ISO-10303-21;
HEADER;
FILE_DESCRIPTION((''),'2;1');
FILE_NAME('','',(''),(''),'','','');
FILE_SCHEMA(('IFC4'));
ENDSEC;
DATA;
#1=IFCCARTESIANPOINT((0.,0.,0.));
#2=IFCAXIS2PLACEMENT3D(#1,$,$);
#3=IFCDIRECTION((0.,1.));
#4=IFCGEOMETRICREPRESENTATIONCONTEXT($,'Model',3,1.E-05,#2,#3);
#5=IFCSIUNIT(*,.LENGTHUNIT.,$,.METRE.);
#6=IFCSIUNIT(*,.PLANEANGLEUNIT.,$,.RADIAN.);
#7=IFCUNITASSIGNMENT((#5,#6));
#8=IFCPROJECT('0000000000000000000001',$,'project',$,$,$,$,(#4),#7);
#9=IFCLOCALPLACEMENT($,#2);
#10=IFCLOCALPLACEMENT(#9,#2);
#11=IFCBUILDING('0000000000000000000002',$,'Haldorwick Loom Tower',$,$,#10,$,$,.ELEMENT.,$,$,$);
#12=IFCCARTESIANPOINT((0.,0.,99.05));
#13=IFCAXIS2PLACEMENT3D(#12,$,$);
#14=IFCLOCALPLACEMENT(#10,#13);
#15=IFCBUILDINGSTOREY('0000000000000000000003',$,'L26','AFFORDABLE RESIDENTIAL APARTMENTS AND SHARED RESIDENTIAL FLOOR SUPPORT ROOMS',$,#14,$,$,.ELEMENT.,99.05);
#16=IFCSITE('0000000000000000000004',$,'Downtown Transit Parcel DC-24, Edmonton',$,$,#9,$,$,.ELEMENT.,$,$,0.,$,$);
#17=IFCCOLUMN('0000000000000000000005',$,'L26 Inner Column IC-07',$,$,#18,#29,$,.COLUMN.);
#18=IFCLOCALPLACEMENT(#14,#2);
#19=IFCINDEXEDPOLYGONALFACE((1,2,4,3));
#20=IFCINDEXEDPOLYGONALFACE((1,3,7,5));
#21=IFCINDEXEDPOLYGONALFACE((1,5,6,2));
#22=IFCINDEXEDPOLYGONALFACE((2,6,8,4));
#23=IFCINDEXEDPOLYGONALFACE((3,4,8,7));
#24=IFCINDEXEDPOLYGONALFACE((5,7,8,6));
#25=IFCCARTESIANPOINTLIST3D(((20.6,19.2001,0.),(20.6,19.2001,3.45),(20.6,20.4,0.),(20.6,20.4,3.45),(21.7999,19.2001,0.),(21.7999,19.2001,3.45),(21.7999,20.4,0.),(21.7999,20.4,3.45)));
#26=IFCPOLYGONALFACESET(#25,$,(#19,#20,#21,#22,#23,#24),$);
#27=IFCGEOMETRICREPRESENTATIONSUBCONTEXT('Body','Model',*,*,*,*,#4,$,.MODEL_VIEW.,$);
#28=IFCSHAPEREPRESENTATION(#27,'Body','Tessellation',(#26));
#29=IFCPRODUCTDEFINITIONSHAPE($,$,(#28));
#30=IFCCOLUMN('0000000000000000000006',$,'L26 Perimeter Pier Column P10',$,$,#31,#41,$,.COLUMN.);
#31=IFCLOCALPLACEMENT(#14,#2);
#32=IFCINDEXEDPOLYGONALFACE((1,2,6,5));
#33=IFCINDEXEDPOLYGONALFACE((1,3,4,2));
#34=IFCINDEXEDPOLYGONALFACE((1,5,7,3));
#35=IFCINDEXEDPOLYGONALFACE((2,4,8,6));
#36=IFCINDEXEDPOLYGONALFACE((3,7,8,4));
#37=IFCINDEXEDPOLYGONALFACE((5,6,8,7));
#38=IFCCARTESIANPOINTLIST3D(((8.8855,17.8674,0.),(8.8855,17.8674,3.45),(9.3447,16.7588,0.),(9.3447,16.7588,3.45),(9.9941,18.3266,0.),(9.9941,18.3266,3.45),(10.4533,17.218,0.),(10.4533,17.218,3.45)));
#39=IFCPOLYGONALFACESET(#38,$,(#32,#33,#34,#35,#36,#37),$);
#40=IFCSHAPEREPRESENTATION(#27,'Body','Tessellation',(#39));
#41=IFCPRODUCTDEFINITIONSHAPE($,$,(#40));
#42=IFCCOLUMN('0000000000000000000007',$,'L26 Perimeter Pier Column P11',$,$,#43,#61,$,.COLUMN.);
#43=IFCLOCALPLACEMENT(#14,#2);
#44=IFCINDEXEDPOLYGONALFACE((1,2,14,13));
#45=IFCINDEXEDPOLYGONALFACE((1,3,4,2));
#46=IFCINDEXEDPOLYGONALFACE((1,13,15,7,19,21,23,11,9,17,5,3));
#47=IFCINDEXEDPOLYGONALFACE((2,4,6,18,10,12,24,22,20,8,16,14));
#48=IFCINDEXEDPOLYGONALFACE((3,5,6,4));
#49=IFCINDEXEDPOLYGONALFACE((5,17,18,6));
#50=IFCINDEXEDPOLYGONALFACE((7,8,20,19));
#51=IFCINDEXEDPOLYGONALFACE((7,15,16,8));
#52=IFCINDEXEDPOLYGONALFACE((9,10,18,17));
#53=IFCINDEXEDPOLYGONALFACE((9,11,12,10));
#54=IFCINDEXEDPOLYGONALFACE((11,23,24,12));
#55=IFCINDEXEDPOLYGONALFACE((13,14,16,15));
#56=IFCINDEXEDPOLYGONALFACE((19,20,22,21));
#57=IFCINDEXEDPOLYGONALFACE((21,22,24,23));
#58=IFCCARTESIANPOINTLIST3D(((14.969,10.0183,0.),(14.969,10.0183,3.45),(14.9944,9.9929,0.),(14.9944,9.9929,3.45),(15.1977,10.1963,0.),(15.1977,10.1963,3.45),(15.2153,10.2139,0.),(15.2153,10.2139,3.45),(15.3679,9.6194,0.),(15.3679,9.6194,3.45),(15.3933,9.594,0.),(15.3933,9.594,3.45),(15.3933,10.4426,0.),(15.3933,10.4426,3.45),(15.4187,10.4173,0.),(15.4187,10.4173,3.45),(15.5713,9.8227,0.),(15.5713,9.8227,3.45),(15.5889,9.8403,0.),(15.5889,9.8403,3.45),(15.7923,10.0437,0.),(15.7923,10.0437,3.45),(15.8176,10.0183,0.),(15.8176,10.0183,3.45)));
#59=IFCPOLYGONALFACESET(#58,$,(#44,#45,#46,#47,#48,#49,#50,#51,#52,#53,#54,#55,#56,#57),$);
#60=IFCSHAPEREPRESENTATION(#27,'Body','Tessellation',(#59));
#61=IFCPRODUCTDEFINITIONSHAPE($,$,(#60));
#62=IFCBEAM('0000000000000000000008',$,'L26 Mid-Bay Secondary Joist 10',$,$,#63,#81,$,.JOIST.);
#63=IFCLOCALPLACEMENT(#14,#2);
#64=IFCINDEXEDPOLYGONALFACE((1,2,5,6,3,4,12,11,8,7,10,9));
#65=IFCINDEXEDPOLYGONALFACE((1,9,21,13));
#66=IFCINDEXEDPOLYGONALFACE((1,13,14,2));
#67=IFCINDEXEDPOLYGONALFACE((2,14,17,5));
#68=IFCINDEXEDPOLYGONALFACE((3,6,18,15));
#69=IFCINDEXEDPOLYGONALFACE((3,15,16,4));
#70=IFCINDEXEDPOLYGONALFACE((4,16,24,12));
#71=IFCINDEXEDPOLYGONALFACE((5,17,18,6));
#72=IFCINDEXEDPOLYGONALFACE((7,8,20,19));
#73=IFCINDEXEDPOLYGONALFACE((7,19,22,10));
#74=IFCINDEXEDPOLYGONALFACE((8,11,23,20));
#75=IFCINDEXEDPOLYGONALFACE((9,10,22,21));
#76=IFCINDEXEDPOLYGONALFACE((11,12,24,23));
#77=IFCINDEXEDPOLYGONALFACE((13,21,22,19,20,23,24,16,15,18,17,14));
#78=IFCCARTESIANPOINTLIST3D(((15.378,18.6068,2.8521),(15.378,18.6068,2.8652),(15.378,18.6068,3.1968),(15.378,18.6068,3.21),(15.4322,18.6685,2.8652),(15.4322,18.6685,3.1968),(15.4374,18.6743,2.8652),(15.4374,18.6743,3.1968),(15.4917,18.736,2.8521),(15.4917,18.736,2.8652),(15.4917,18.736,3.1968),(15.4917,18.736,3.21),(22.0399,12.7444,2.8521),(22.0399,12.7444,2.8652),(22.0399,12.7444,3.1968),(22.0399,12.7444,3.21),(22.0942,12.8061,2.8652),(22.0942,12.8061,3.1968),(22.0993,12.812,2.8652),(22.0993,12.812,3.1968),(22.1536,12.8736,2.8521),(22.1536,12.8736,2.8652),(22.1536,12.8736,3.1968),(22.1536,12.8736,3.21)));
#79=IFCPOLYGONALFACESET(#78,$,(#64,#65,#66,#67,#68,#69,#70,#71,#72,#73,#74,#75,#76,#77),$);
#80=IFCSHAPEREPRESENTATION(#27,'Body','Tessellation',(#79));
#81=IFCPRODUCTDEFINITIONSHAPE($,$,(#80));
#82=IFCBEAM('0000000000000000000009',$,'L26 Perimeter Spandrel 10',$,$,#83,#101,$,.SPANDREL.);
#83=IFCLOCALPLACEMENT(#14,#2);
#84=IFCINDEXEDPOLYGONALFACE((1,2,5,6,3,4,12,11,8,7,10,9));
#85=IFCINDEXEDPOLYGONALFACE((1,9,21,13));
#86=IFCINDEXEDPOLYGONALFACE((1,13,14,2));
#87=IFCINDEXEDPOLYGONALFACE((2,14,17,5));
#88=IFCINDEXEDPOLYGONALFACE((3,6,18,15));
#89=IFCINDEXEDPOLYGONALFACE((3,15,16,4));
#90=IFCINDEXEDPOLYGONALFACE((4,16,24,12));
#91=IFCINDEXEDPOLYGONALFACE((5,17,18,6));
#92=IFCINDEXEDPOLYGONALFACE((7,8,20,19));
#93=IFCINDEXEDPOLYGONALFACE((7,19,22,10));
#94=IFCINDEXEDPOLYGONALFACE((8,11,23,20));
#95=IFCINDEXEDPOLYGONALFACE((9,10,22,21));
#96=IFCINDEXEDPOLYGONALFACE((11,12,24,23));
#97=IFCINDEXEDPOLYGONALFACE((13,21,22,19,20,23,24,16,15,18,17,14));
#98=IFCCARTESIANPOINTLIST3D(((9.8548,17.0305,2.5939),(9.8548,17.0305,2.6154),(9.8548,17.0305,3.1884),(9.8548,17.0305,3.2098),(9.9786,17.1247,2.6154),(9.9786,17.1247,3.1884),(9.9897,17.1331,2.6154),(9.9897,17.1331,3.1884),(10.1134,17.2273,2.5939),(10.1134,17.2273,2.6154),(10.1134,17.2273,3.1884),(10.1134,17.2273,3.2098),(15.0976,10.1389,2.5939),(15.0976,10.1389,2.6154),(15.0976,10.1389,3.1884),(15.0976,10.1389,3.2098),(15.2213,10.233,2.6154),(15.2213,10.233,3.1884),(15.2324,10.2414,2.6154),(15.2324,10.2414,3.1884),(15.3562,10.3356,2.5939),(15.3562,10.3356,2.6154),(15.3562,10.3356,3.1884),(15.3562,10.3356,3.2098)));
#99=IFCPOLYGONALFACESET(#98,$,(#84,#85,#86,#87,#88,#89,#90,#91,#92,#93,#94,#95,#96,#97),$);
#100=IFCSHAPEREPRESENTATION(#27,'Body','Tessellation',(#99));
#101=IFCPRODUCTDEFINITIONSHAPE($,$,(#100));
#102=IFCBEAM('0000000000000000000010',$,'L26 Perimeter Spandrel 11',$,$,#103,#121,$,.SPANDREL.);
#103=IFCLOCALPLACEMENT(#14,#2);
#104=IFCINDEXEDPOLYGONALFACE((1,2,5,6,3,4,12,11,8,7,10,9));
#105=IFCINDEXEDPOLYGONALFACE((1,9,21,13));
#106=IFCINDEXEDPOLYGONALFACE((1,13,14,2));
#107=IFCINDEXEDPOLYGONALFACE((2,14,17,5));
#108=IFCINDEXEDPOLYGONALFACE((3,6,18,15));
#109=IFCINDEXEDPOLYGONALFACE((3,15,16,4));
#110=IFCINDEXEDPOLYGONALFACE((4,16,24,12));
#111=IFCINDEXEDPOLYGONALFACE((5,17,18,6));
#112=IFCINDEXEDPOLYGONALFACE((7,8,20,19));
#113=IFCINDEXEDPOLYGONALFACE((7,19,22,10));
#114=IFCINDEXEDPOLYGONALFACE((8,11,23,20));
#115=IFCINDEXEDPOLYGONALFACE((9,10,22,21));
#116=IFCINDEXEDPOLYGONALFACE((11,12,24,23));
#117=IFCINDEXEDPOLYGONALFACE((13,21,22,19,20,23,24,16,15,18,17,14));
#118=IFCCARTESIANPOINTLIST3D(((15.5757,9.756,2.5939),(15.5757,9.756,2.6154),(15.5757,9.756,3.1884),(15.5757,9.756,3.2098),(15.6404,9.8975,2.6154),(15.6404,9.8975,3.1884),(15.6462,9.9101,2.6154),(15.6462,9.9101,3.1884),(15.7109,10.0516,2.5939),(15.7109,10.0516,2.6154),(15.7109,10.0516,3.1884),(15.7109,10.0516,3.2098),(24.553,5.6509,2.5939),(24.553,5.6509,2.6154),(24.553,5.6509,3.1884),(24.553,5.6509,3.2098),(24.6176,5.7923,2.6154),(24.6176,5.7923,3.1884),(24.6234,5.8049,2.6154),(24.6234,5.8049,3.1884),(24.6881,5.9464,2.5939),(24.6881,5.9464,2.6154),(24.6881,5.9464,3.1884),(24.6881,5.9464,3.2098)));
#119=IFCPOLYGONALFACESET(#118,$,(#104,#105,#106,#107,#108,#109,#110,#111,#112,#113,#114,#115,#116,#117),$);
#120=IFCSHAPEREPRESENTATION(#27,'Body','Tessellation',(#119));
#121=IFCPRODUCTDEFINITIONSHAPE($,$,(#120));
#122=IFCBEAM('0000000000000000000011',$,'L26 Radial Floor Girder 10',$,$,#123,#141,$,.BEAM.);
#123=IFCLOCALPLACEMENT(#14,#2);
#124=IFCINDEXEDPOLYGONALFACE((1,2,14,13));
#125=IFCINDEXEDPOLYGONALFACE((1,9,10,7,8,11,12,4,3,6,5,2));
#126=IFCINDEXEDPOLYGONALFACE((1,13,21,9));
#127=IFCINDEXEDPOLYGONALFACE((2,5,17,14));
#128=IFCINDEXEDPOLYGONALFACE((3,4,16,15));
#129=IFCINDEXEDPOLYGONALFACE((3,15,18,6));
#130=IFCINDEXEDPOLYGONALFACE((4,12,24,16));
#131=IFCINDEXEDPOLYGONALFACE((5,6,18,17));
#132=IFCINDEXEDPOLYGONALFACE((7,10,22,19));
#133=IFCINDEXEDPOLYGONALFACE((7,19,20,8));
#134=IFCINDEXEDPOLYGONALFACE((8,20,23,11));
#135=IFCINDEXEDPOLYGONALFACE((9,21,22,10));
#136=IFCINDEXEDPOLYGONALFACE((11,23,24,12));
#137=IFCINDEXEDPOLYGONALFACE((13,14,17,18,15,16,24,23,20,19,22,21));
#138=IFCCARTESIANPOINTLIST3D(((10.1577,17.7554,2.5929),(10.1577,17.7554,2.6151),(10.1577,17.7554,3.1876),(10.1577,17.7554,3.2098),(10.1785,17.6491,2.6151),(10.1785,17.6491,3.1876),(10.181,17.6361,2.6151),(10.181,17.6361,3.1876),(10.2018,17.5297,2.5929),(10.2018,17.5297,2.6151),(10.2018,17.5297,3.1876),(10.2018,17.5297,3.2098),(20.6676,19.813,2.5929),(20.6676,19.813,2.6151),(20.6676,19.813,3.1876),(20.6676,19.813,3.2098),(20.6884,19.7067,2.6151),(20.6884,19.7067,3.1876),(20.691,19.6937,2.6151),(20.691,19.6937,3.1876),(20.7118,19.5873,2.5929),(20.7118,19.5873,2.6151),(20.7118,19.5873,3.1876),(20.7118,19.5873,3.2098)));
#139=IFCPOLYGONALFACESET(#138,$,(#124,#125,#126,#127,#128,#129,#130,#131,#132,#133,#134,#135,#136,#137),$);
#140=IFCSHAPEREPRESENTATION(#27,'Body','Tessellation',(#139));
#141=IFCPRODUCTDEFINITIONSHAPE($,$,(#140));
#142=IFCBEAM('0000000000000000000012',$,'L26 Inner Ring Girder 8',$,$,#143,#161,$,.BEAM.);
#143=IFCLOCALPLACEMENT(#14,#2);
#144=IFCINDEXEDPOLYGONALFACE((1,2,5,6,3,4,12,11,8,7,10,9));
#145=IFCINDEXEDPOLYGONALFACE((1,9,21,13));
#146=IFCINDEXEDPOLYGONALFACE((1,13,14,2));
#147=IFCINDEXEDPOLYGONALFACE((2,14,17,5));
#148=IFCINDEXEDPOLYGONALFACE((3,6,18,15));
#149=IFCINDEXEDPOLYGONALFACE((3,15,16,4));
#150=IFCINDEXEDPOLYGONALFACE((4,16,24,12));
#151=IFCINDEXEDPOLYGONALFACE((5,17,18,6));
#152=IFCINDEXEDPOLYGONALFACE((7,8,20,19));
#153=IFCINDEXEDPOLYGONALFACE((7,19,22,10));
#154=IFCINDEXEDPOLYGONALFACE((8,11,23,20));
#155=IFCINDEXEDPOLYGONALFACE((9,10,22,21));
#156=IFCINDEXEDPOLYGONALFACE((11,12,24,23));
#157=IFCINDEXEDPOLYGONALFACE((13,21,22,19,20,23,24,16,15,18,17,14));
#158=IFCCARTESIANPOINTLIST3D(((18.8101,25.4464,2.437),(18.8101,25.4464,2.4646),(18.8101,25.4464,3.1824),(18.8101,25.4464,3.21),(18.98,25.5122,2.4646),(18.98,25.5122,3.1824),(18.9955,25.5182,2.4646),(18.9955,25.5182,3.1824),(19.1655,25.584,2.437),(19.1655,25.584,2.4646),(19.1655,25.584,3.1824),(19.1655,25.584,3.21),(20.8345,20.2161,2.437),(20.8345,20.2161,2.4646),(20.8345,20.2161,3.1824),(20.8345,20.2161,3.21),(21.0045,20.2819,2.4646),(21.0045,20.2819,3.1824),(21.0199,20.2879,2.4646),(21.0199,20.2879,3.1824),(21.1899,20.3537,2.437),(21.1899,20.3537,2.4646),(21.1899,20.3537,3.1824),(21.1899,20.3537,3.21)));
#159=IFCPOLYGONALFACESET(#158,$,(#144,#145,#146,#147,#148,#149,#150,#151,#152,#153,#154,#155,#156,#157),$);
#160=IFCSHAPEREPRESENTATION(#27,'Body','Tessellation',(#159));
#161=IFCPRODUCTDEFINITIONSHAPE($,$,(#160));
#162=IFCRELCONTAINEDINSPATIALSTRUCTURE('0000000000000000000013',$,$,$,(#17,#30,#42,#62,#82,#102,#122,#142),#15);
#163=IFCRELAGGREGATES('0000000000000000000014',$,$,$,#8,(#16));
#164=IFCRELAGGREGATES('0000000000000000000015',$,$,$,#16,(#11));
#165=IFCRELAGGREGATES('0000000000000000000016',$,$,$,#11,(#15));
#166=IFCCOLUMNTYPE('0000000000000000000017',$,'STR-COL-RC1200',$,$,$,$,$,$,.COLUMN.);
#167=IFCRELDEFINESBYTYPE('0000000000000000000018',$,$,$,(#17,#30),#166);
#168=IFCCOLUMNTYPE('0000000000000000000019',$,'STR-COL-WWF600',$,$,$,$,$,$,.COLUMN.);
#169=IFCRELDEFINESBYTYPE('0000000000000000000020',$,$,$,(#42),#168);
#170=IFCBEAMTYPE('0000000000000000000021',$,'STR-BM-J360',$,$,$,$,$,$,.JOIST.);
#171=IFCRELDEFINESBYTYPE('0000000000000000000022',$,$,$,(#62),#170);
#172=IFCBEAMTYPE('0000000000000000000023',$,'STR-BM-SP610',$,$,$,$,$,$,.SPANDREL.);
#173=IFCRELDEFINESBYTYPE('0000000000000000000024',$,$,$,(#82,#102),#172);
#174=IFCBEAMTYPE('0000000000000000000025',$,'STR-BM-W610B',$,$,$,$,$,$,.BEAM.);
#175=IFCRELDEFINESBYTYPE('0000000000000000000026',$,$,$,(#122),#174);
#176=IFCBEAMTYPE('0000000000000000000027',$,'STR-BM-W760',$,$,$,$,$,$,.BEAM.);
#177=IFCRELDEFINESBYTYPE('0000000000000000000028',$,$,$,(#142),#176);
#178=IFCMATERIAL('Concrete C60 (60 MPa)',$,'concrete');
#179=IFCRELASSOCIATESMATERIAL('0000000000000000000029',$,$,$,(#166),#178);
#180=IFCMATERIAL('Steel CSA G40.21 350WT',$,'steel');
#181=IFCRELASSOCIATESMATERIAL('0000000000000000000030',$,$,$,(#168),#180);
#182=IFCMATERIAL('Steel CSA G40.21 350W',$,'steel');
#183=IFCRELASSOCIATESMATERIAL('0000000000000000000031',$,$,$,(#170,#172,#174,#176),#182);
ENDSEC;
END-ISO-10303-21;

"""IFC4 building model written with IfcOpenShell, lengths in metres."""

from ifc_helpers import new_model, si_unit, direction, frame, origin, origin_2d, place, context, subcontext, project, spatial, rectangle, i_section, extrude, material, material_profile, profile_set, type_object, element, save


model = new_model("IFC4")

# Units and contexts
model_context = context("Model", 3, precision=1e-05, world=origin(), true_north=direction((0.0, 1.0)))
body_context = subcontext(model_context, "Body", "Model", "MODEL_VIEW")
ifc_project = project(units=[si_unit("LENGTHUNIT", "METRE"), si_unit("PLANEANGLEUNIT", "RADIAN")], contexts=[model_context])

# Site, building, storey
site_placement = place(None, origin())
site = spatial("IfcSite", under=ifc_project, at=site_placement, Name="Downtown Transit Parcel DC-24, Edmonton", CompositionType="ELEMENT", RefElevation=0.0)
building_placement = place(site_placement, origin())
building = spatial("IfcBuilding", under=site, at=building_placement, Name="Haldorwick Loom Tower", CompositionType="ELEMENT")
storey_placement = place(building_placement, frame((0.0, 0.0, 99.05)))
storey = spatial("IfcBuildingStorey", under=building, at=storey_placement, Name="L26", Description="AFFORDABLE RESIDENTIAL APARTMENTS AND SHARED RESIDENTIAL FLOOR SUPPORT ROOMS", CompositionType="ELEMENT", Elevation=99.05)

# Columns
ifc_material_1 = material(Name="Concrete C60 (60 MPa)", Category="concrete")
ifc_material_profile_1 = material_profile(ifc_material_1, rectangle(XDim=1.2, YDim=1.2, at=origin_2d()), Name="RC1200X1200", Category="concrete")
ifc_profile_set_1 = profile_set([ifc_material_profile_1], Name="Concrete C60 (60 MPa)")
column_type_1 = type_object("IfcColumnType", Name="STR-COL-RC1200", PredefinedType="COLUMN", material=ifc_profile_set_1)
for number, where, z_axis, x_axis, name in (
    (1, (21.2, 19.8, 0.0), (0.0, 0.0, 1.0), (1.0, 0.0, 0.0), "L26 Inner Column IC-07"),
    (2, (9.6694, 17.5427, 0.0), (0.0, 0.0, 1.0), (-0.92388, -0.382683, 0.0), "L26 Perimeter Pier Column P10"),
):
    element("IfcColumn", number, at=place(storey_placement, frame(where, z_axis=z_axis, x_axis=x_axis)), inside=storey, type_object=column_type_1, Name=name, PredefinedType="COLUMN", context=body_context, shape_type="SweptSolid", body=[
        extrude(rectangle(XDim=1.2, YDim=1.2, at=origin_2d()), origin(), (0.0, 0.0, 1.0), 3.45),
    ])
ifc_material_2 = material(Name="Steel CSA G40.21 350WT", Category="steel")
ifc_material_profile_2 = material_profile(ifc_material_2, i_section(OverallWidth=0.6001, OverallDepth=0.6001, WebThickness=0.0249, FlangeThickness=0.0359, at=origin_2d()), Name="WWF600X600", Category="steel")
ifc_profile_set_2 = profile_set([ifc_material_profile_2], Name="Steel CSA G40.21 350WT")
column_type_2 = type_object("IfcColumnType", Name="STR-COL-WWF600", PredefinedType="COLUMN", material=ifc_profile_set_2)
column_placement = place(storey_placement, frame((15.3933, 10.0183, 0.0), z_axis=(0.0, 0.0, 1.0), x_axis=(-0.707107, -0.707107, 0.0)))
element("IfcColumn", 3, at=column_placement, inside=storey, type_object=column_type_2, Name="L26 Perimeter Pier Column P11", PredefinedType="COLUMN", context=body_context, shape_type="SweptSolid", body=[
    extrude(i_section(OverallWidth=0.6001, OverallDepth=0.6001, WebThickness=0.0249, FlangeThickness=0.0359, at=origin_2d()), origin(), (0.0, 0.0, 1.0), 3.45),
])

# Beams
ifc_material_3 = material(Name="Steel CSA G40.21 350W", Category="steel")
ifc_material_profile_3 = material_profile(ifc_material_3, i_section(OverallWidth=0.1721, OverallDepth=0.3579, WebThickness=0.0078, FlangeThickness=0.0132, at=origin_2d()), Name="W360X57", Category="steel")
ifc_profile_set_3 = profile_set([ifc_material_profile_3], Name="Steel CSA G40.21 350W")
beam_type_1 = type_object("IfcBeamType", Name="STR-BM-J360", PredefinedType="JOIST", material=ifc_profile_set_3)
beam_1_placement = place(storey_placement, frame((15.4348, 18.6714, 3.031), z_axis=(0.750721, -0.660619, 0.0), x_axis=(0.660619, 0.750721, 0.0)))
element("IfcBeam", 4, at=beam_1_placement, inside=storey, type_object=beam_type_1, Name="L26 Mid-Bay Secondary Joist 10", PredefinedType="JOIST", context=body_context, shape_type="SweptSolid", body=[
    extrude(i_section(OverallWidth=0.1721, OverallDepth=0.3579, WebThickness=0.0078, FlangeThickness=0.0132, at=origin_2d()), origin(), (0.0, 0.0, 1.0), 8.874),
])
ifc_material_profile_4 = material_profile(ifc_material_3, i_section(OverallWidth=0.325, OverallDepth=0.616, WebThickness=0.0139, FlangeThickness=0.0215, at=origin_2d()), Name="W610X174", Category="steel")
ifc_profile_set_4 = profile_set([ifc_material_profile_4], Name="Steel CSA G40.21 350W")
beam_type_2 = type_object("IfcBeamType", Name="STR-BM-SP610", PredefinedType="SPANDREL", material=ifc_profile_set_4)
beam_2_placement = place(storey_placement, frame((9.9841, 17.1289, 2.9019), z_axis=(0.605454, -0.795881, 0.0), x_axis=(0.795881, 0.605454, 0.0)))
element("IfcBeam", 5, at=beam_2_placement, inside=storey, type_object=beam_type_2, Name="L26 Perimeter Spandrel 10", PredefinedType="SPANDREL", context=body_context, shape_type="SweptSolid", body=[
    extrude(i_section(OverallWidth=0.325, OverallDepth=0.616, WebThickness=0.0139, FlangeThickness=0.0215, at=origin_2d()), origin(), (0.0, 0.0, 1.0), 8.6592),
])
beam_3_placement = place(storey_placement, frame((15.6433, 9.9038, 2.9019), z_axis=(0.909424, -0.41587, 0.0), x_axis=(0.41587, 0.909424, 0.0)))
element("IfcBeam", 6, at=beam_3_placement, inside=storey, type_object=beam_type_2, Name="L26 Perimeter Spandrel 11", PredefinedType="SPANDREL", context=body_context, shape_type="SweptSolid", body=[
    extrude(i_section(OverallWidth=0.325, OverallDepth=0.616, WebThickness=0.0139, FlangeThickness=0.0215, at=origin_2d()), origin(), (0.0, 0.0, 1.0), 9.8713),
])
ifc_material_profile_5 = material_profile(ifc_material_3, i_section(OverallWidth=0.23, OverallDepth=0.6169, WebThickness=0.0132, FlangeThickness=0.0222, at=origin_2d()), Name="W610X140", Category="steel")
ifc_profile_set_5 = profile_set([ifc_material_profile_5], Name="Steel CSA G40.21 350W")
beam_type_3 = type_object("IfcBeamType", Name="STR-BM-W610B", PredefinedType="BEAM", material=ifc_profile_set_5)
beam_4_placement = place(storey_placement, frame((20.6897, 19.7002, 2.9014), z_axis=(-0.98137, -0.192129, 0.0), x_axis=(0.192129, -0.98137, 0.0)))
element("IfcBeam", 7, at=beam_4_placement, inside=storey, type_object=beam_type_3, Name="L26 Radial Floor Girder 10", PredefinedType="BEAM", context=body_context, shape_type="SweptSolid", body=[
    extrude(i_section(OverallWidth=0.23, OverallDepth=0.6169, WebThickness=0.0132, FlangeThickness=0.0222, at=origin_2d()), origin(), (0.0, 0.0, 1.0), 10.7095),
])
ifc_material_profile_6 = material_profile(ifc_material_3, i_section(OverallWidth=0.3811, OverallDepth=0.7729, WebThickness=0.0166, FlangeThickness=0.0276, at=origin_2d()), Name="W760X257", Category="steel")
ifc_profile_set_6 = profile_set([ifc_material_profile_6], Name="Steel CSA G40.21 350W")
beam_type_4 = type_object("IfcBeamType", Name="STR-BM-W760", PredefinedType="BEAM", material=ifc_profile_set_6)
beam_5_placement = place(storey_placement, frame((21.0122, 20.2849, 2.8235), z_axis=(-0.360965, 0.932579, 0.0), x_axis=(-0.932579, -0.360965, 0.0)))
element("IfcBeam", 8, at=beam_5_placement, inside=storey, type_object=beam_type_4, Name="L26 Inner Ring Girder 8", PredefinedType="BEAM", context=body_context, shape_type="SweptSolid", body=[
    extrude(i_section(OverallWidth=0.3811, OverallDepth=0.7729, WebThickness=0.0166, FlangeThickness=0.0276, at=origin_2d()), origin(), (0.0, 0.0, 1.0), 5.6084),
])

save(model, "model.ifc")
